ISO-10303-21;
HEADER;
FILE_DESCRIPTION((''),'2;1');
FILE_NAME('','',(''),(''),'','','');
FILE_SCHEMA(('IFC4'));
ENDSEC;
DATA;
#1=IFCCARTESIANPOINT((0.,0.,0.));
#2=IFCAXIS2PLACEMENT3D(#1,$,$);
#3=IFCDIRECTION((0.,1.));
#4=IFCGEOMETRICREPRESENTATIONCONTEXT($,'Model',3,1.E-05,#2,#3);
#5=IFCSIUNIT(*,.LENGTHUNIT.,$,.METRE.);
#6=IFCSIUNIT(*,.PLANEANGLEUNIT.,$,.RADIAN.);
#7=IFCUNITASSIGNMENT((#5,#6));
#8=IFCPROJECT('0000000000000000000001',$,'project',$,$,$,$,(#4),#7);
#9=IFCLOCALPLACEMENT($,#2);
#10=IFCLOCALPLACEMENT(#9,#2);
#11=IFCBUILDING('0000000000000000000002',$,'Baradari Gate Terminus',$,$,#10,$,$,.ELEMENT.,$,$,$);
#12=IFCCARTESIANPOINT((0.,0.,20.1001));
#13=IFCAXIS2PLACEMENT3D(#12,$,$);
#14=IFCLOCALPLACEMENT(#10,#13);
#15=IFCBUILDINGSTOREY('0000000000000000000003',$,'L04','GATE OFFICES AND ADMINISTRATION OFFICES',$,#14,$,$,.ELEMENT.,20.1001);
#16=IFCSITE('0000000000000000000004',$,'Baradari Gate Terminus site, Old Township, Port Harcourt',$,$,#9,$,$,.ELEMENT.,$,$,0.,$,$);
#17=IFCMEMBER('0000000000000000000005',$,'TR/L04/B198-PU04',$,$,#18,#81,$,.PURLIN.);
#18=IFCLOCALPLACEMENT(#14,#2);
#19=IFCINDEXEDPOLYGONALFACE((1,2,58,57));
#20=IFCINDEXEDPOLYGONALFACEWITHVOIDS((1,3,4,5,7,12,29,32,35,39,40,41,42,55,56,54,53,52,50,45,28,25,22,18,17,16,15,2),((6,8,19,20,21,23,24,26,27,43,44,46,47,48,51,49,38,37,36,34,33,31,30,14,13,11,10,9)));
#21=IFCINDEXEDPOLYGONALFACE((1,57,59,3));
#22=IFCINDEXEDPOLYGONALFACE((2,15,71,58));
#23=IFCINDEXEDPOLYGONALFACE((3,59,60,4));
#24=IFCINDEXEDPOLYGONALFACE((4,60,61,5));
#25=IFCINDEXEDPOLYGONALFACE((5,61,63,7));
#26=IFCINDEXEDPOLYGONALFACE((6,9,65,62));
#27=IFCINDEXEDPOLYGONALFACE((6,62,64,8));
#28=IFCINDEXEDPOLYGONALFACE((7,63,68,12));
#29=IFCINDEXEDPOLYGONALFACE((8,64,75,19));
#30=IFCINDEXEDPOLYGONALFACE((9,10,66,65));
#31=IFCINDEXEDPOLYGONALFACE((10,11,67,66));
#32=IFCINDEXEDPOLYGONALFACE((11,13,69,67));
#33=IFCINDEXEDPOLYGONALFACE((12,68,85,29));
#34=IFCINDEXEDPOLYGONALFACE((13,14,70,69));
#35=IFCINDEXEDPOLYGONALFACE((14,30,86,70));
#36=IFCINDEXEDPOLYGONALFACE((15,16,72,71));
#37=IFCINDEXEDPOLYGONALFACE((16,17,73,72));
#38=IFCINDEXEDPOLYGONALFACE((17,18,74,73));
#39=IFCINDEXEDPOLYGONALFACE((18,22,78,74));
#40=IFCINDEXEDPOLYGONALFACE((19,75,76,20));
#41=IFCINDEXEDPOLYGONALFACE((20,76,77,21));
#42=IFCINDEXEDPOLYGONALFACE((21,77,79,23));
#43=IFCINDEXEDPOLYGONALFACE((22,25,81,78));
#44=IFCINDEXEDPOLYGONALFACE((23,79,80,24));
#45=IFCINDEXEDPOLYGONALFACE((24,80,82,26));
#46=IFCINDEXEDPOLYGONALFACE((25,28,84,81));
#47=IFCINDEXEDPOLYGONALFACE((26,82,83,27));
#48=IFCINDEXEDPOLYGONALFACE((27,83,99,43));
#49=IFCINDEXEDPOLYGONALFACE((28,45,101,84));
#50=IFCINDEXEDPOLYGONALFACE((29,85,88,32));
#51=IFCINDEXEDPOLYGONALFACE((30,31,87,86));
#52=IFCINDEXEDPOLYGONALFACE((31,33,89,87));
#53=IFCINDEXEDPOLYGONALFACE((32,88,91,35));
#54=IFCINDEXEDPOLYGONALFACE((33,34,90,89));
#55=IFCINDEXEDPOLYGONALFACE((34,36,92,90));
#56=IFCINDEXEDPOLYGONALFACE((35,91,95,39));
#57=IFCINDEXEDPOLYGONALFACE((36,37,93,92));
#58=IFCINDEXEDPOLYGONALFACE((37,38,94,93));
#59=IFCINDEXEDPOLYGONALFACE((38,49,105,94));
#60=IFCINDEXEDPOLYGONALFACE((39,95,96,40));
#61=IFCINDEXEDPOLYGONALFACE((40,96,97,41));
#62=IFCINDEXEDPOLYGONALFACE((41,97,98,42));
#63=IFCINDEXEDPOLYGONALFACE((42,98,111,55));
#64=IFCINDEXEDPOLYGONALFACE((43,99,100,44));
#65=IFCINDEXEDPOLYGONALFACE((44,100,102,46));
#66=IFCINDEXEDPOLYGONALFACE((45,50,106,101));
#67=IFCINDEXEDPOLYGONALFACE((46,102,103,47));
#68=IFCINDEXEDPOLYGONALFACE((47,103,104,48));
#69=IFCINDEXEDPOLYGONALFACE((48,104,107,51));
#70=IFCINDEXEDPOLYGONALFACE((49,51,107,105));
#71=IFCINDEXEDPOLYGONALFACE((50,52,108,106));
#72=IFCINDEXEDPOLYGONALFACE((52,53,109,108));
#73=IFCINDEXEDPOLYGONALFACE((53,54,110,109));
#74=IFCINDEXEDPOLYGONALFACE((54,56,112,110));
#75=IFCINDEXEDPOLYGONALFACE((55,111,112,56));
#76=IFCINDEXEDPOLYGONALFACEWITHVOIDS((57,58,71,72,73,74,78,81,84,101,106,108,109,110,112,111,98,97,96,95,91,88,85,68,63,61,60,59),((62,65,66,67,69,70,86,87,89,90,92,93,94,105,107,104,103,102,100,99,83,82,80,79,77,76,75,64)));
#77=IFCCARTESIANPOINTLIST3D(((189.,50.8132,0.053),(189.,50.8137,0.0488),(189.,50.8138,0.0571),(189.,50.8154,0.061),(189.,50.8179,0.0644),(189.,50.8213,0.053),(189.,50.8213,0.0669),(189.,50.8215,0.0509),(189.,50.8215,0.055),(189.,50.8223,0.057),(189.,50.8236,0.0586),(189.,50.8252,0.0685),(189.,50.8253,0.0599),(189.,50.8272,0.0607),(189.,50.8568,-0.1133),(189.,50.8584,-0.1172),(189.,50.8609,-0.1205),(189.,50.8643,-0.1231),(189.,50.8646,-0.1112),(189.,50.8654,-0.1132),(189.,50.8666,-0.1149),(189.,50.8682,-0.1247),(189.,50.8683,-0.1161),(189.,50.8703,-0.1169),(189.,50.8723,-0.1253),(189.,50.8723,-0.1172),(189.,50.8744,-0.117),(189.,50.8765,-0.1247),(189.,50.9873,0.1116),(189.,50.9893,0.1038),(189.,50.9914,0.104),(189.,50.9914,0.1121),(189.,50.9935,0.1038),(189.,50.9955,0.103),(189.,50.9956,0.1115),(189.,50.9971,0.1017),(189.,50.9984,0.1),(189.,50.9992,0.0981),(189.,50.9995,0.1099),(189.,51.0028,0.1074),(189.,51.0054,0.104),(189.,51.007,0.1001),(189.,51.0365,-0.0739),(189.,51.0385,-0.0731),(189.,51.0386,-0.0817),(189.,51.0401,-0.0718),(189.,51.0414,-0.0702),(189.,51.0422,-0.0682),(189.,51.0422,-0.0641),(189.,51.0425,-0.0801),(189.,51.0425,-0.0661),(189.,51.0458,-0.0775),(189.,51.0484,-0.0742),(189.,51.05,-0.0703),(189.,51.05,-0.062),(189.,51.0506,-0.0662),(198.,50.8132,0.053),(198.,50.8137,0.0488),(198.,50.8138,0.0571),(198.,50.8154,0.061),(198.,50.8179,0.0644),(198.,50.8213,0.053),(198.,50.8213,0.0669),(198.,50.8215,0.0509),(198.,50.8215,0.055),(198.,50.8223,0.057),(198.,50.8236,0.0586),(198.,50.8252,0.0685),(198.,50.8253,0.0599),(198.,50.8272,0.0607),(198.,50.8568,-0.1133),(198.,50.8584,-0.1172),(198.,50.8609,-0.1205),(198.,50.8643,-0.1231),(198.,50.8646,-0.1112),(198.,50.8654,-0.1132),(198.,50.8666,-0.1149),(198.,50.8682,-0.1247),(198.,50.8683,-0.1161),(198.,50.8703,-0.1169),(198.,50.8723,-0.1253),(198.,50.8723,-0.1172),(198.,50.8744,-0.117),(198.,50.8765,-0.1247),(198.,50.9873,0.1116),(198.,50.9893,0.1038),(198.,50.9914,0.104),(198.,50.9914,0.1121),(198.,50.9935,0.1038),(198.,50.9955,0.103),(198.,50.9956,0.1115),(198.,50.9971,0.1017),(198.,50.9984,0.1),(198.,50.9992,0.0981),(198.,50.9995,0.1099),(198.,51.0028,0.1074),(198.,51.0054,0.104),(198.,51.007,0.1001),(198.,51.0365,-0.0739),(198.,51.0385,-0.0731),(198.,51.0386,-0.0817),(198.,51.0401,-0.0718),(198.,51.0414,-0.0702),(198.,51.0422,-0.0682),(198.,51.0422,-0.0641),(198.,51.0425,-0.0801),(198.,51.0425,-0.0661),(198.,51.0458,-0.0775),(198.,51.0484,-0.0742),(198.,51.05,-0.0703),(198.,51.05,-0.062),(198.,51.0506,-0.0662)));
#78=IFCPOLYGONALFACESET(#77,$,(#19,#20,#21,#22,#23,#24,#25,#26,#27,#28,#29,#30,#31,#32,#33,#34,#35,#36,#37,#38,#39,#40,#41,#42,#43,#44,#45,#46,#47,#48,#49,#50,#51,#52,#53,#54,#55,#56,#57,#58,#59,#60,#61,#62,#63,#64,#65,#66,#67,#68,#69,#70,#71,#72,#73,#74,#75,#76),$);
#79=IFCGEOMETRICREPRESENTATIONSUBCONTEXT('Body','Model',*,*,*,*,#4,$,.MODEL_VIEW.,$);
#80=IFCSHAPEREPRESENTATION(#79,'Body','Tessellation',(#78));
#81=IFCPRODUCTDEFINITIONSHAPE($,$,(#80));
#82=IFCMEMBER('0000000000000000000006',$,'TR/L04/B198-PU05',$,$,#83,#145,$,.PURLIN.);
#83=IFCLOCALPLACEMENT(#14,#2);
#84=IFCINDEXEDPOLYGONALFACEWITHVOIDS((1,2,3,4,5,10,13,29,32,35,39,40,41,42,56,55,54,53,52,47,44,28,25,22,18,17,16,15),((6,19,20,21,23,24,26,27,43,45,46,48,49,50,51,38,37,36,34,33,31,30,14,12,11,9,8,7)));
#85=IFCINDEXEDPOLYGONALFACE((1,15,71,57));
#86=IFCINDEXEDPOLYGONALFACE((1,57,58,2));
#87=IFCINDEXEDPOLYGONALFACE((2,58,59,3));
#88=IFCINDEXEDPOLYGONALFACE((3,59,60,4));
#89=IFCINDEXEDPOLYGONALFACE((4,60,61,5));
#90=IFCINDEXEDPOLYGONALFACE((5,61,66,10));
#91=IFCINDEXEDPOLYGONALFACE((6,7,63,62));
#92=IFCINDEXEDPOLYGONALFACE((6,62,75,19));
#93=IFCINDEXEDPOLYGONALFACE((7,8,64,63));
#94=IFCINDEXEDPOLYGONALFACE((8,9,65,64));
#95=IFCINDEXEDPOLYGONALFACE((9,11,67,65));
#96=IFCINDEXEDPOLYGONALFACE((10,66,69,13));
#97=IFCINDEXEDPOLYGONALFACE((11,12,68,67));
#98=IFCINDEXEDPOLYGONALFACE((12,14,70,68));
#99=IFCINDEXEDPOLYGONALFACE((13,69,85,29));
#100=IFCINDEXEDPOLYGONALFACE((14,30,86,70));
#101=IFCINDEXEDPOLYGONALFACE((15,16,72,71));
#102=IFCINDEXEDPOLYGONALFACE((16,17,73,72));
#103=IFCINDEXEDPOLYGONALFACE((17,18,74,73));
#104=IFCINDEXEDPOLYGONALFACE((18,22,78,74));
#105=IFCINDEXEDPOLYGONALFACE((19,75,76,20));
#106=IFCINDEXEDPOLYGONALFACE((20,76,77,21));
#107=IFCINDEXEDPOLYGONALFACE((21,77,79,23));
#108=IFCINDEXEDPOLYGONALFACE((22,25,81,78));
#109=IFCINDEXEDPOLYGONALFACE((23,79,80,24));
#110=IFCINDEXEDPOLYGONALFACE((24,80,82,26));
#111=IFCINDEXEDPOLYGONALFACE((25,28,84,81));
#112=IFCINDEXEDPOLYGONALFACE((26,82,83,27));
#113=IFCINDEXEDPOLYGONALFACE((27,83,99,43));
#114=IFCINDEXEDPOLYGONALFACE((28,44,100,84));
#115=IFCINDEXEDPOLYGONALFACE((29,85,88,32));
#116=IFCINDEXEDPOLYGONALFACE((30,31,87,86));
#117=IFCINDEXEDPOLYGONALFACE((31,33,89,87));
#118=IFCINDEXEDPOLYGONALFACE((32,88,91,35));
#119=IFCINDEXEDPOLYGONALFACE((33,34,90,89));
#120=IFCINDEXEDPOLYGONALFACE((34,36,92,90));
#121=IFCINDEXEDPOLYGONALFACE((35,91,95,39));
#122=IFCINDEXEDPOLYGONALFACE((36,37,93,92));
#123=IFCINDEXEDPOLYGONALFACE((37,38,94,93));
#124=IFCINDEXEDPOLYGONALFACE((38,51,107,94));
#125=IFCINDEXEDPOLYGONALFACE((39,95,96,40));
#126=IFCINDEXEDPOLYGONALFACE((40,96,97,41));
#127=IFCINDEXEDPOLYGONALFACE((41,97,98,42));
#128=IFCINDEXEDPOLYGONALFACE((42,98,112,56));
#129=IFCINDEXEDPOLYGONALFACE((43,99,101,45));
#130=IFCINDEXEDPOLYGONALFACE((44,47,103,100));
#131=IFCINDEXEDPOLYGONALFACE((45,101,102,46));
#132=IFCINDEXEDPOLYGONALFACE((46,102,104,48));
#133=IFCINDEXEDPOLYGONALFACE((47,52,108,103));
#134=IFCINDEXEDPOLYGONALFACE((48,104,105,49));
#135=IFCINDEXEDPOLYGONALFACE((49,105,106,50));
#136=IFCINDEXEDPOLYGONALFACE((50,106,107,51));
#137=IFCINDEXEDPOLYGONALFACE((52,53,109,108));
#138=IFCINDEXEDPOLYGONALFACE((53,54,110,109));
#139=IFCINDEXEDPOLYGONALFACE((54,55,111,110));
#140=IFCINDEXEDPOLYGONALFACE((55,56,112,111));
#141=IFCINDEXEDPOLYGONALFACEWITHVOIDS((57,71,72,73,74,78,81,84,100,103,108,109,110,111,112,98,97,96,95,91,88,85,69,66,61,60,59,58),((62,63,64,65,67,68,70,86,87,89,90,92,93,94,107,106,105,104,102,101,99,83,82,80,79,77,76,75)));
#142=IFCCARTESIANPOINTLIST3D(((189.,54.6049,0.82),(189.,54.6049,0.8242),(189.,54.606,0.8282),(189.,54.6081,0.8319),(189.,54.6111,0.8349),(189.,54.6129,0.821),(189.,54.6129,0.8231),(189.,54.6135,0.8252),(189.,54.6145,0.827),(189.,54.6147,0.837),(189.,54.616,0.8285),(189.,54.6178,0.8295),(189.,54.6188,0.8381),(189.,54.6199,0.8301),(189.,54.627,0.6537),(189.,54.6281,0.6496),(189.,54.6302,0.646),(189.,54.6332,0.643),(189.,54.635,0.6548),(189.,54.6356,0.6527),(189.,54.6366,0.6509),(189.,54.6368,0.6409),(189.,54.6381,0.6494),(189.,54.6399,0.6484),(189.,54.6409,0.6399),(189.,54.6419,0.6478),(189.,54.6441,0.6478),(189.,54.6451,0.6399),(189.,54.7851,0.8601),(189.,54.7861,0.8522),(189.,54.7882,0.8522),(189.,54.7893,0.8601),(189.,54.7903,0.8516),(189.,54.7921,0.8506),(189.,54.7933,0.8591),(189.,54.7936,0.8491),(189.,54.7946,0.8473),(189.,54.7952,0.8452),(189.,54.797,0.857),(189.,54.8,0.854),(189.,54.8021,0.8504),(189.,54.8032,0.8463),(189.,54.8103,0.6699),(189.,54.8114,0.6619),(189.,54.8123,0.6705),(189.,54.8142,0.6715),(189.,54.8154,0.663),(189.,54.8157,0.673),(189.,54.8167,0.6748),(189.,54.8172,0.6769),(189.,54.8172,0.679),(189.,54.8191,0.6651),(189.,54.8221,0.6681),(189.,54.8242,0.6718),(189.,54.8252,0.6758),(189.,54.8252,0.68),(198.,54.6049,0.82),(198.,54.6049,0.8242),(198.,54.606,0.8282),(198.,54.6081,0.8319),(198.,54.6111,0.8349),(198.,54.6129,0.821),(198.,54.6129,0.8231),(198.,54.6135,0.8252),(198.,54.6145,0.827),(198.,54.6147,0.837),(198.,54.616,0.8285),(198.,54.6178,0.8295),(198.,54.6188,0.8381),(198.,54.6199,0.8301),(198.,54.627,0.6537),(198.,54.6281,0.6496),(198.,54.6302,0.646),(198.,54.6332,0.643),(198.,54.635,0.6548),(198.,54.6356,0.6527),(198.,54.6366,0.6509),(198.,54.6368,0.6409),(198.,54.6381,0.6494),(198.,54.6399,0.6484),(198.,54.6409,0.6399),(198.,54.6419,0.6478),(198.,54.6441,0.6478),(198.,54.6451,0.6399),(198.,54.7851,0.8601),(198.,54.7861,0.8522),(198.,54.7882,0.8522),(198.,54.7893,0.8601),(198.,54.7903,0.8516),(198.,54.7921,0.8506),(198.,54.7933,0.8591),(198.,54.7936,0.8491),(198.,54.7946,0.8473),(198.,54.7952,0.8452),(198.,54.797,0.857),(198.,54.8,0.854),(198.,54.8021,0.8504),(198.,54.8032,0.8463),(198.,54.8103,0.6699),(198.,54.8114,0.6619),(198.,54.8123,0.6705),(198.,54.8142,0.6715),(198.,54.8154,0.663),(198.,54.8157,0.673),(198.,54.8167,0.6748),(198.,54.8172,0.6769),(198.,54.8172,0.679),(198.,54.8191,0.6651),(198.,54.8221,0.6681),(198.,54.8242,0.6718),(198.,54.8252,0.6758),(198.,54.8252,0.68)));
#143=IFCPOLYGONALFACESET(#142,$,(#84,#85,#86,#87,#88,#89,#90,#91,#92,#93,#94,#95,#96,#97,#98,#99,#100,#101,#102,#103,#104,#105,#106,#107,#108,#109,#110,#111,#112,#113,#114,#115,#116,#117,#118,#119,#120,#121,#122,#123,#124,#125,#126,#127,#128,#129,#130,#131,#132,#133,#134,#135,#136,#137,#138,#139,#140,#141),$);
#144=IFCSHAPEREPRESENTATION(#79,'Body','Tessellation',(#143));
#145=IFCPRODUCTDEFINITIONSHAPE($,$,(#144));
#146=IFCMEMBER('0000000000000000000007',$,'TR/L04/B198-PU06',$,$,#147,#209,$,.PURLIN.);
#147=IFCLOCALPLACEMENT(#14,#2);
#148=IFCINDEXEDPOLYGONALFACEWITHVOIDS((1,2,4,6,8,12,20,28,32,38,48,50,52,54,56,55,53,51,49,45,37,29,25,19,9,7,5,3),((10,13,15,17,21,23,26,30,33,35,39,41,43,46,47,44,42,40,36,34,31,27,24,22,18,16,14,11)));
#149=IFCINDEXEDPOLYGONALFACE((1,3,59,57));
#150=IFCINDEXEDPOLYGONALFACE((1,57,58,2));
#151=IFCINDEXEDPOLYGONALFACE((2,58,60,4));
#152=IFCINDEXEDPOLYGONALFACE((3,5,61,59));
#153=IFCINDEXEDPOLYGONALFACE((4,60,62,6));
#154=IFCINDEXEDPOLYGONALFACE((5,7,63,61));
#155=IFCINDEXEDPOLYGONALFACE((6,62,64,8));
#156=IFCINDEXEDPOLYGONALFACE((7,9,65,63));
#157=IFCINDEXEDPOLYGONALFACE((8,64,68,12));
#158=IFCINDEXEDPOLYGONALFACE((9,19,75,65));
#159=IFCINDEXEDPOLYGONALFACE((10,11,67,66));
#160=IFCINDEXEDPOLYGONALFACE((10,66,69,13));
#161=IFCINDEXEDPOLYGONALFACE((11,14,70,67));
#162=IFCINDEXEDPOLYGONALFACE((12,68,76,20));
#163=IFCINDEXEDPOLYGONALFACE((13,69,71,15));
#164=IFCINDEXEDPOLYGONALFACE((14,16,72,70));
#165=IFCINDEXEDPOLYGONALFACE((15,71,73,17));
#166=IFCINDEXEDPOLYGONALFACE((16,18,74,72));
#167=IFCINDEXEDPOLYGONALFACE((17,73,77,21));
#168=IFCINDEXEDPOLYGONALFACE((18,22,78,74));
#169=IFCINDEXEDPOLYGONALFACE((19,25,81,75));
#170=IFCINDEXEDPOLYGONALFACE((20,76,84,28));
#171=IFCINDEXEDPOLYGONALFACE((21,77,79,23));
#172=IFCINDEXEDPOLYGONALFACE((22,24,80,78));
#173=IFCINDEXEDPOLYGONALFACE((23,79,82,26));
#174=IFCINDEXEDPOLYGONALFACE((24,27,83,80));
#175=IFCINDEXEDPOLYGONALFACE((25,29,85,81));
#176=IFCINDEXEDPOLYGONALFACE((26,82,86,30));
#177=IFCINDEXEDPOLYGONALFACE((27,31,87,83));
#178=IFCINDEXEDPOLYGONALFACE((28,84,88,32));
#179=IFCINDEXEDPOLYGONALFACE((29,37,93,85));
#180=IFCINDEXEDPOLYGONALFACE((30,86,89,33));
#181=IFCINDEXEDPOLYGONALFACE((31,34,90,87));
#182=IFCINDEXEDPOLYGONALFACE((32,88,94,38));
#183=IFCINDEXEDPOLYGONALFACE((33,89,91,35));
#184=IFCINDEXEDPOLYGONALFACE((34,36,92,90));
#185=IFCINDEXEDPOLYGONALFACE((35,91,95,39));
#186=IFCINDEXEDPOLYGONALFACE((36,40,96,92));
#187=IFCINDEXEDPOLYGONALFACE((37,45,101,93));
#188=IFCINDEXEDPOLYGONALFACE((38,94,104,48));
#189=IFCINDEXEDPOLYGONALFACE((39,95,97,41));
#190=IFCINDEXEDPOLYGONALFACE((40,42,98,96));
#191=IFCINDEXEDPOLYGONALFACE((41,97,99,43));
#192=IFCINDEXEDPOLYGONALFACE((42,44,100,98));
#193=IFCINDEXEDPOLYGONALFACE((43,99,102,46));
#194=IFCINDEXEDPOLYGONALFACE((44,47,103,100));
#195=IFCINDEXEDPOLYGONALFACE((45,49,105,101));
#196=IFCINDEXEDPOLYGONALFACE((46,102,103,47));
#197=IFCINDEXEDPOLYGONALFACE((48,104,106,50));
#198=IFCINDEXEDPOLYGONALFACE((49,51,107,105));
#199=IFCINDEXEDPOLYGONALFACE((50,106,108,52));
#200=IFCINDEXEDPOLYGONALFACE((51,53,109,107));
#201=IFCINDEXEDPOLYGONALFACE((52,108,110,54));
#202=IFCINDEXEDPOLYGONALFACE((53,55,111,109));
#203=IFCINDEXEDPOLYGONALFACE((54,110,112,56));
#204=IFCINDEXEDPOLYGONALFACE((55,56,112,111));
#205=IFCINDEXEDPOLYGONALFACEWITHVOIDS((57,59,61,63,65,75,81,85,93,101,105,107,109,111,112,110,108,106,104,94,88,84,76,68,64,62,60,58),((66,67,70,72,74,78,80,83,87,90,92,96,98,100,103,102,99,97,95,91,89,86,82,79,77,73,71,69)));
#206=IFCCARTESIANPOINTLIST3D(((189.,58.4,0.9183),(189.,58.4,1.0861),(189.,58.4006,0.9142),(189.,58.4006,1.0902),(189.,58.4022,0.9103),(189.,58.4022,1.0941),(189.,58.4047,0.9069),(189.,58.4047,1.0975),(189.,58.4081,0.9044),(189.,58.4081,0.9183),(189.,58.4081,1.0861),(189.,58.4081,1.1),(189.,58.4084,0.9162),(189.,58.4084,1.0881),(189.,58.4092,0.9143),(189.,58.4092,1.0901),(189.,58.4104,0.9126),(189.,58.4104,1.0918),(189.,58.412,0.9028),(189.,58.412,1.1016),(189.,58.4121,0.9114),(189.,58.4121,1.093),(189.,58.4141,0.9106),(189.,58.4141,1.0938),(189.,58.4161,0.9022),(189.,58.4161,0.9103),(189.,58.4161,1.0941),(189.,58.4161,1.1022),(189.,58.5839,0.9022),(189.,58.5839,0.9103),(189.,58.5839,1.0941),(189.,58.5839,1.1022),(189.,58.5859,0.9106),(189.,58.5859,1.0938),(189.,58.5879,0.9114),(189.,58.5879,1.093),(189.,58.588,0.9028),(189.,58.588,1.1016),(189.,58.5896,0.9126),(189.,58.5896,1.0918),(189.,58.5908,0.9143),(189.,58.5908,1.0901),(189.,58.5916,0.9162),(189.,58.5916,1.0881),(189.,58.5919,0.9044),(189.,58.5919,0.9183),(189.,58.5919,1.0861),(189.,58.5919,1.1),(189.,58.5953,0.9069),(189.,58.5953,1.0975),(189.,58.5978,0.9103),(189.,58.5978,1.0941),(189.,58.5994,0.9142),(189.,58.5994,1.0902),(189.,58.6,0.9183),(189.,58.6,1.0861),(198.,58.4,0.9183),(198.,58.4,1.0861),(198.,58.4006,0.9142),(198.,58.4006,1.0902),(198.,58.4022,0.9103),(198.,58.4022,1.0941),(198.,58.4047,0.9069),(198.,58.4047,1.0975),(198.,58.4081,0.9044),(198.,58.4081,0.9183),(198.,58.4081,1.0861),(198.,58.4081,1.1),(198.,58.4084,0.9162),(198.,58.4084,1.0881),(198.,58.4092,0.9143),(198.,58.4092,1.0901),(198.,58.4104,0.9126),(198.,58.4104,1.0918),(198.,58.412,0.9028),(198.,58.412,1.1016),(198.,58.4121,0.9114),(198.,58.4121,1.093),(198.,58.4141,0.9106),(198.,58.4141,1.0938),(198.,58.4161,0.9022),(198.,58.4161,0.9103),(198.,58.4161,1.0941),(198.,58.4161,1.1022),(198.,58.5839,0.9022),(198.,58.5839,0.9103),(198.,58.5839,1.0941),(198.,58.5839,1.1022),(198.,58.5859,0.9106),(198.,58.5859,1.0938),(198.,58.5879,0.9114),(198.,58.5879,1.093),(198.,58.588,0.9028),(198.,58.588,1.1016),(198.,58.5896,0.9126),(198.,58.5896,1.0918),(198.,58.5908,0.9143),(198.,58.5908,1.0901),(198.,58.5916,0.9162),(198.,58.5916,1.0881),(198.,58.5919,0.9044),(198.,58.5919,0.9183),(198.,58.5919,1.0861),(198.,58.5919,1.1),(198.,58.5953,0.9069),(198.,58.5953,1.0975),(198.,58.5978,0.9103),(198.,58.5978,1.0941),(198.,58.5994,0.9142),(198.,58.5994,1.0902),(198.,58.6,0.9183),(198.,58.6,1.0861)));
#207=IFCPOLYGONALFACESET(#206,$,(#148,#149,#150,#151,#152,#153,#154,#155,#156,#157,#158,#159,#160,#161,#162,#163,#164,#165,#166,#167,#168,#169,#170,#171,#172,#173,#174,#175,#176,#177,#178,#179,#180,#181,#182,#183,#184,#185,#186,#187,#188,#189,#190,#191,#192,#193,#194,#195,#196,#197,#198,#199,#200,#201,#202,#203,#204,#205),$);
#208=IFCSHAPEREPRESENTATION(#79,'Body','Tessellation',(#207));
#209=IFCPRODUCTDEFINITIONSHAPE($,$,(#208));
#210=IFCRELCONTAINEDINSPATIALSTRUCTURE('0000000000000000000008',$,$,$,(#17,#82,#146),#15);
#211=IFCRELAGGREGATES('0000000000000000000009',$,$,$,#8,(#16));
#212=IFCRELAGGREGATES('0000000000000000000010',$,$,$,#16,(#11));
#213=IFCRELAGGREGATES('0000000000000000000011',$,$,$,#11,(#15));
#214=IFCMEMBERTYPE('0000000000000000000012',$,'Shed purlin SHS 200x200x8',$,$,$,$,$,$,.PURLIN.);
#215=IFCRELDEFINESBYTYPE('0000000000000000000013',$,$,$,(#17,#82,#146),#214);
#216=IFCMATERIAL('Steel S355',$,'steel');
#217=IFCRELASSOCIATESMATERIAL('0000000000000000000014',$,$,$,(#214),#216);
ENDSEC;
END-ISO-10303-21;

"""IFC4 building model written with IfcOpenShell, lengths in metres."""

from ifc_helpers import new_model, si_unit, direction, frame, origin, origin_2d, place, context, subcontext, project, spatial, hollow_rectangle, extrude, material, material_profile, profile_set, type_object, element, save


model = new_model("IFC4")

# Units and contexts
model_context = context("Model", 3, precision=1e-05, world=origin(), true_north=direction((0.0, 1.0)))
body_context = subcontext(model_context, "Body", "Model", "MODEL_VIEW")
ifc_project = project(units=[si_unit("LENGTHUNIT", "METRE"), si_unit("PLANEANGLEUNIT", "RADIAN")], contexts=[model_context])

# Site, building, storey
site_placement = place(None, origin())
site = spatial("IfcSite", under=ifc_project, at=site_placement, Name="Baradari Gate Terminus site, Old Township, Port Harcourt", CompositionType="ELEMENT", RefElevation=0.0)
building_placement = place(site_placement, origin())
building = spatial("IfcBuilding", under=site, at=building_placement, Name="Baradari Gate Terminus", CompositionType="ELEMENT")
storey_placement = place(building_placement, frame((0.0, 0.0, 20.1001)))
storey = spatial("IfcBuildingStorey", under=building, at=storey_placement, Name="L04", Description="GATE OFFICES AND ADMINISTRATION OFFICES", CompositionType="ELEMENT", Elevation=20.1001)

# Members
ifc_material_1 = material(Name="Steel S355", Category="steel")
ifc_material_profile_1 = material_profile(ifc_material_1, hollow_rectangle(XDim=0.2, YDim=0.2, WallThickness=0.0081, InnerFilletRadius=0.0081, OuterFilletRadius=0.0161, at=origin_2d()), Name="SHS 200x200x8")
ifc_profile_set_1 = profile_set([ifc_material_profile_1], Name="Steel S355")
member_type_1 = type_object("IfcMemberType", Name="Shed purlin SHS 200x200x8", PredefinedType="PURLIN", material=ifc_profile_set_1)
for number, where, z_axis, x_axis, name in (
    (1, (189.0, 50.9319, -0.0066), (1.0, 0.0, 0.0), (0.0, 0.9665, 0.256668), "TR/L04/B198-PU04"),
    (2, (189.0, 54.7151, 0.75), (1.0, 0.0, 0.0), (0.0, 0.991303, 0.131599), "TR/L04/B198-PU05"),
    (3, (189.0, 58.5, 1.0022), (1.0, 0.0, 0.0), (0.0, 1.0, 0.0), "TR/L04/B198-PU06"),
):
    element("IfcMember", number, at=place(storey_placement, frame(where, z_axis=z_axis, x_axis=x_axis)), inside=storey, type_object=member_type_1, Name=name, PredefinedType="PURLIN", context=body_context, shape_type="SweptSolid", body=[
        extrude(hollow_rectangle(XDim=0.2, YDim=0.2, WallThickness=0.0081, InnerFilletRadius=0.0081, OuterFilletRadius=0.0161, at=origin_2d()), origin(), (0.0, 0.0, 1.0), 9.0),
    ])

save(model, "model.ifc")
